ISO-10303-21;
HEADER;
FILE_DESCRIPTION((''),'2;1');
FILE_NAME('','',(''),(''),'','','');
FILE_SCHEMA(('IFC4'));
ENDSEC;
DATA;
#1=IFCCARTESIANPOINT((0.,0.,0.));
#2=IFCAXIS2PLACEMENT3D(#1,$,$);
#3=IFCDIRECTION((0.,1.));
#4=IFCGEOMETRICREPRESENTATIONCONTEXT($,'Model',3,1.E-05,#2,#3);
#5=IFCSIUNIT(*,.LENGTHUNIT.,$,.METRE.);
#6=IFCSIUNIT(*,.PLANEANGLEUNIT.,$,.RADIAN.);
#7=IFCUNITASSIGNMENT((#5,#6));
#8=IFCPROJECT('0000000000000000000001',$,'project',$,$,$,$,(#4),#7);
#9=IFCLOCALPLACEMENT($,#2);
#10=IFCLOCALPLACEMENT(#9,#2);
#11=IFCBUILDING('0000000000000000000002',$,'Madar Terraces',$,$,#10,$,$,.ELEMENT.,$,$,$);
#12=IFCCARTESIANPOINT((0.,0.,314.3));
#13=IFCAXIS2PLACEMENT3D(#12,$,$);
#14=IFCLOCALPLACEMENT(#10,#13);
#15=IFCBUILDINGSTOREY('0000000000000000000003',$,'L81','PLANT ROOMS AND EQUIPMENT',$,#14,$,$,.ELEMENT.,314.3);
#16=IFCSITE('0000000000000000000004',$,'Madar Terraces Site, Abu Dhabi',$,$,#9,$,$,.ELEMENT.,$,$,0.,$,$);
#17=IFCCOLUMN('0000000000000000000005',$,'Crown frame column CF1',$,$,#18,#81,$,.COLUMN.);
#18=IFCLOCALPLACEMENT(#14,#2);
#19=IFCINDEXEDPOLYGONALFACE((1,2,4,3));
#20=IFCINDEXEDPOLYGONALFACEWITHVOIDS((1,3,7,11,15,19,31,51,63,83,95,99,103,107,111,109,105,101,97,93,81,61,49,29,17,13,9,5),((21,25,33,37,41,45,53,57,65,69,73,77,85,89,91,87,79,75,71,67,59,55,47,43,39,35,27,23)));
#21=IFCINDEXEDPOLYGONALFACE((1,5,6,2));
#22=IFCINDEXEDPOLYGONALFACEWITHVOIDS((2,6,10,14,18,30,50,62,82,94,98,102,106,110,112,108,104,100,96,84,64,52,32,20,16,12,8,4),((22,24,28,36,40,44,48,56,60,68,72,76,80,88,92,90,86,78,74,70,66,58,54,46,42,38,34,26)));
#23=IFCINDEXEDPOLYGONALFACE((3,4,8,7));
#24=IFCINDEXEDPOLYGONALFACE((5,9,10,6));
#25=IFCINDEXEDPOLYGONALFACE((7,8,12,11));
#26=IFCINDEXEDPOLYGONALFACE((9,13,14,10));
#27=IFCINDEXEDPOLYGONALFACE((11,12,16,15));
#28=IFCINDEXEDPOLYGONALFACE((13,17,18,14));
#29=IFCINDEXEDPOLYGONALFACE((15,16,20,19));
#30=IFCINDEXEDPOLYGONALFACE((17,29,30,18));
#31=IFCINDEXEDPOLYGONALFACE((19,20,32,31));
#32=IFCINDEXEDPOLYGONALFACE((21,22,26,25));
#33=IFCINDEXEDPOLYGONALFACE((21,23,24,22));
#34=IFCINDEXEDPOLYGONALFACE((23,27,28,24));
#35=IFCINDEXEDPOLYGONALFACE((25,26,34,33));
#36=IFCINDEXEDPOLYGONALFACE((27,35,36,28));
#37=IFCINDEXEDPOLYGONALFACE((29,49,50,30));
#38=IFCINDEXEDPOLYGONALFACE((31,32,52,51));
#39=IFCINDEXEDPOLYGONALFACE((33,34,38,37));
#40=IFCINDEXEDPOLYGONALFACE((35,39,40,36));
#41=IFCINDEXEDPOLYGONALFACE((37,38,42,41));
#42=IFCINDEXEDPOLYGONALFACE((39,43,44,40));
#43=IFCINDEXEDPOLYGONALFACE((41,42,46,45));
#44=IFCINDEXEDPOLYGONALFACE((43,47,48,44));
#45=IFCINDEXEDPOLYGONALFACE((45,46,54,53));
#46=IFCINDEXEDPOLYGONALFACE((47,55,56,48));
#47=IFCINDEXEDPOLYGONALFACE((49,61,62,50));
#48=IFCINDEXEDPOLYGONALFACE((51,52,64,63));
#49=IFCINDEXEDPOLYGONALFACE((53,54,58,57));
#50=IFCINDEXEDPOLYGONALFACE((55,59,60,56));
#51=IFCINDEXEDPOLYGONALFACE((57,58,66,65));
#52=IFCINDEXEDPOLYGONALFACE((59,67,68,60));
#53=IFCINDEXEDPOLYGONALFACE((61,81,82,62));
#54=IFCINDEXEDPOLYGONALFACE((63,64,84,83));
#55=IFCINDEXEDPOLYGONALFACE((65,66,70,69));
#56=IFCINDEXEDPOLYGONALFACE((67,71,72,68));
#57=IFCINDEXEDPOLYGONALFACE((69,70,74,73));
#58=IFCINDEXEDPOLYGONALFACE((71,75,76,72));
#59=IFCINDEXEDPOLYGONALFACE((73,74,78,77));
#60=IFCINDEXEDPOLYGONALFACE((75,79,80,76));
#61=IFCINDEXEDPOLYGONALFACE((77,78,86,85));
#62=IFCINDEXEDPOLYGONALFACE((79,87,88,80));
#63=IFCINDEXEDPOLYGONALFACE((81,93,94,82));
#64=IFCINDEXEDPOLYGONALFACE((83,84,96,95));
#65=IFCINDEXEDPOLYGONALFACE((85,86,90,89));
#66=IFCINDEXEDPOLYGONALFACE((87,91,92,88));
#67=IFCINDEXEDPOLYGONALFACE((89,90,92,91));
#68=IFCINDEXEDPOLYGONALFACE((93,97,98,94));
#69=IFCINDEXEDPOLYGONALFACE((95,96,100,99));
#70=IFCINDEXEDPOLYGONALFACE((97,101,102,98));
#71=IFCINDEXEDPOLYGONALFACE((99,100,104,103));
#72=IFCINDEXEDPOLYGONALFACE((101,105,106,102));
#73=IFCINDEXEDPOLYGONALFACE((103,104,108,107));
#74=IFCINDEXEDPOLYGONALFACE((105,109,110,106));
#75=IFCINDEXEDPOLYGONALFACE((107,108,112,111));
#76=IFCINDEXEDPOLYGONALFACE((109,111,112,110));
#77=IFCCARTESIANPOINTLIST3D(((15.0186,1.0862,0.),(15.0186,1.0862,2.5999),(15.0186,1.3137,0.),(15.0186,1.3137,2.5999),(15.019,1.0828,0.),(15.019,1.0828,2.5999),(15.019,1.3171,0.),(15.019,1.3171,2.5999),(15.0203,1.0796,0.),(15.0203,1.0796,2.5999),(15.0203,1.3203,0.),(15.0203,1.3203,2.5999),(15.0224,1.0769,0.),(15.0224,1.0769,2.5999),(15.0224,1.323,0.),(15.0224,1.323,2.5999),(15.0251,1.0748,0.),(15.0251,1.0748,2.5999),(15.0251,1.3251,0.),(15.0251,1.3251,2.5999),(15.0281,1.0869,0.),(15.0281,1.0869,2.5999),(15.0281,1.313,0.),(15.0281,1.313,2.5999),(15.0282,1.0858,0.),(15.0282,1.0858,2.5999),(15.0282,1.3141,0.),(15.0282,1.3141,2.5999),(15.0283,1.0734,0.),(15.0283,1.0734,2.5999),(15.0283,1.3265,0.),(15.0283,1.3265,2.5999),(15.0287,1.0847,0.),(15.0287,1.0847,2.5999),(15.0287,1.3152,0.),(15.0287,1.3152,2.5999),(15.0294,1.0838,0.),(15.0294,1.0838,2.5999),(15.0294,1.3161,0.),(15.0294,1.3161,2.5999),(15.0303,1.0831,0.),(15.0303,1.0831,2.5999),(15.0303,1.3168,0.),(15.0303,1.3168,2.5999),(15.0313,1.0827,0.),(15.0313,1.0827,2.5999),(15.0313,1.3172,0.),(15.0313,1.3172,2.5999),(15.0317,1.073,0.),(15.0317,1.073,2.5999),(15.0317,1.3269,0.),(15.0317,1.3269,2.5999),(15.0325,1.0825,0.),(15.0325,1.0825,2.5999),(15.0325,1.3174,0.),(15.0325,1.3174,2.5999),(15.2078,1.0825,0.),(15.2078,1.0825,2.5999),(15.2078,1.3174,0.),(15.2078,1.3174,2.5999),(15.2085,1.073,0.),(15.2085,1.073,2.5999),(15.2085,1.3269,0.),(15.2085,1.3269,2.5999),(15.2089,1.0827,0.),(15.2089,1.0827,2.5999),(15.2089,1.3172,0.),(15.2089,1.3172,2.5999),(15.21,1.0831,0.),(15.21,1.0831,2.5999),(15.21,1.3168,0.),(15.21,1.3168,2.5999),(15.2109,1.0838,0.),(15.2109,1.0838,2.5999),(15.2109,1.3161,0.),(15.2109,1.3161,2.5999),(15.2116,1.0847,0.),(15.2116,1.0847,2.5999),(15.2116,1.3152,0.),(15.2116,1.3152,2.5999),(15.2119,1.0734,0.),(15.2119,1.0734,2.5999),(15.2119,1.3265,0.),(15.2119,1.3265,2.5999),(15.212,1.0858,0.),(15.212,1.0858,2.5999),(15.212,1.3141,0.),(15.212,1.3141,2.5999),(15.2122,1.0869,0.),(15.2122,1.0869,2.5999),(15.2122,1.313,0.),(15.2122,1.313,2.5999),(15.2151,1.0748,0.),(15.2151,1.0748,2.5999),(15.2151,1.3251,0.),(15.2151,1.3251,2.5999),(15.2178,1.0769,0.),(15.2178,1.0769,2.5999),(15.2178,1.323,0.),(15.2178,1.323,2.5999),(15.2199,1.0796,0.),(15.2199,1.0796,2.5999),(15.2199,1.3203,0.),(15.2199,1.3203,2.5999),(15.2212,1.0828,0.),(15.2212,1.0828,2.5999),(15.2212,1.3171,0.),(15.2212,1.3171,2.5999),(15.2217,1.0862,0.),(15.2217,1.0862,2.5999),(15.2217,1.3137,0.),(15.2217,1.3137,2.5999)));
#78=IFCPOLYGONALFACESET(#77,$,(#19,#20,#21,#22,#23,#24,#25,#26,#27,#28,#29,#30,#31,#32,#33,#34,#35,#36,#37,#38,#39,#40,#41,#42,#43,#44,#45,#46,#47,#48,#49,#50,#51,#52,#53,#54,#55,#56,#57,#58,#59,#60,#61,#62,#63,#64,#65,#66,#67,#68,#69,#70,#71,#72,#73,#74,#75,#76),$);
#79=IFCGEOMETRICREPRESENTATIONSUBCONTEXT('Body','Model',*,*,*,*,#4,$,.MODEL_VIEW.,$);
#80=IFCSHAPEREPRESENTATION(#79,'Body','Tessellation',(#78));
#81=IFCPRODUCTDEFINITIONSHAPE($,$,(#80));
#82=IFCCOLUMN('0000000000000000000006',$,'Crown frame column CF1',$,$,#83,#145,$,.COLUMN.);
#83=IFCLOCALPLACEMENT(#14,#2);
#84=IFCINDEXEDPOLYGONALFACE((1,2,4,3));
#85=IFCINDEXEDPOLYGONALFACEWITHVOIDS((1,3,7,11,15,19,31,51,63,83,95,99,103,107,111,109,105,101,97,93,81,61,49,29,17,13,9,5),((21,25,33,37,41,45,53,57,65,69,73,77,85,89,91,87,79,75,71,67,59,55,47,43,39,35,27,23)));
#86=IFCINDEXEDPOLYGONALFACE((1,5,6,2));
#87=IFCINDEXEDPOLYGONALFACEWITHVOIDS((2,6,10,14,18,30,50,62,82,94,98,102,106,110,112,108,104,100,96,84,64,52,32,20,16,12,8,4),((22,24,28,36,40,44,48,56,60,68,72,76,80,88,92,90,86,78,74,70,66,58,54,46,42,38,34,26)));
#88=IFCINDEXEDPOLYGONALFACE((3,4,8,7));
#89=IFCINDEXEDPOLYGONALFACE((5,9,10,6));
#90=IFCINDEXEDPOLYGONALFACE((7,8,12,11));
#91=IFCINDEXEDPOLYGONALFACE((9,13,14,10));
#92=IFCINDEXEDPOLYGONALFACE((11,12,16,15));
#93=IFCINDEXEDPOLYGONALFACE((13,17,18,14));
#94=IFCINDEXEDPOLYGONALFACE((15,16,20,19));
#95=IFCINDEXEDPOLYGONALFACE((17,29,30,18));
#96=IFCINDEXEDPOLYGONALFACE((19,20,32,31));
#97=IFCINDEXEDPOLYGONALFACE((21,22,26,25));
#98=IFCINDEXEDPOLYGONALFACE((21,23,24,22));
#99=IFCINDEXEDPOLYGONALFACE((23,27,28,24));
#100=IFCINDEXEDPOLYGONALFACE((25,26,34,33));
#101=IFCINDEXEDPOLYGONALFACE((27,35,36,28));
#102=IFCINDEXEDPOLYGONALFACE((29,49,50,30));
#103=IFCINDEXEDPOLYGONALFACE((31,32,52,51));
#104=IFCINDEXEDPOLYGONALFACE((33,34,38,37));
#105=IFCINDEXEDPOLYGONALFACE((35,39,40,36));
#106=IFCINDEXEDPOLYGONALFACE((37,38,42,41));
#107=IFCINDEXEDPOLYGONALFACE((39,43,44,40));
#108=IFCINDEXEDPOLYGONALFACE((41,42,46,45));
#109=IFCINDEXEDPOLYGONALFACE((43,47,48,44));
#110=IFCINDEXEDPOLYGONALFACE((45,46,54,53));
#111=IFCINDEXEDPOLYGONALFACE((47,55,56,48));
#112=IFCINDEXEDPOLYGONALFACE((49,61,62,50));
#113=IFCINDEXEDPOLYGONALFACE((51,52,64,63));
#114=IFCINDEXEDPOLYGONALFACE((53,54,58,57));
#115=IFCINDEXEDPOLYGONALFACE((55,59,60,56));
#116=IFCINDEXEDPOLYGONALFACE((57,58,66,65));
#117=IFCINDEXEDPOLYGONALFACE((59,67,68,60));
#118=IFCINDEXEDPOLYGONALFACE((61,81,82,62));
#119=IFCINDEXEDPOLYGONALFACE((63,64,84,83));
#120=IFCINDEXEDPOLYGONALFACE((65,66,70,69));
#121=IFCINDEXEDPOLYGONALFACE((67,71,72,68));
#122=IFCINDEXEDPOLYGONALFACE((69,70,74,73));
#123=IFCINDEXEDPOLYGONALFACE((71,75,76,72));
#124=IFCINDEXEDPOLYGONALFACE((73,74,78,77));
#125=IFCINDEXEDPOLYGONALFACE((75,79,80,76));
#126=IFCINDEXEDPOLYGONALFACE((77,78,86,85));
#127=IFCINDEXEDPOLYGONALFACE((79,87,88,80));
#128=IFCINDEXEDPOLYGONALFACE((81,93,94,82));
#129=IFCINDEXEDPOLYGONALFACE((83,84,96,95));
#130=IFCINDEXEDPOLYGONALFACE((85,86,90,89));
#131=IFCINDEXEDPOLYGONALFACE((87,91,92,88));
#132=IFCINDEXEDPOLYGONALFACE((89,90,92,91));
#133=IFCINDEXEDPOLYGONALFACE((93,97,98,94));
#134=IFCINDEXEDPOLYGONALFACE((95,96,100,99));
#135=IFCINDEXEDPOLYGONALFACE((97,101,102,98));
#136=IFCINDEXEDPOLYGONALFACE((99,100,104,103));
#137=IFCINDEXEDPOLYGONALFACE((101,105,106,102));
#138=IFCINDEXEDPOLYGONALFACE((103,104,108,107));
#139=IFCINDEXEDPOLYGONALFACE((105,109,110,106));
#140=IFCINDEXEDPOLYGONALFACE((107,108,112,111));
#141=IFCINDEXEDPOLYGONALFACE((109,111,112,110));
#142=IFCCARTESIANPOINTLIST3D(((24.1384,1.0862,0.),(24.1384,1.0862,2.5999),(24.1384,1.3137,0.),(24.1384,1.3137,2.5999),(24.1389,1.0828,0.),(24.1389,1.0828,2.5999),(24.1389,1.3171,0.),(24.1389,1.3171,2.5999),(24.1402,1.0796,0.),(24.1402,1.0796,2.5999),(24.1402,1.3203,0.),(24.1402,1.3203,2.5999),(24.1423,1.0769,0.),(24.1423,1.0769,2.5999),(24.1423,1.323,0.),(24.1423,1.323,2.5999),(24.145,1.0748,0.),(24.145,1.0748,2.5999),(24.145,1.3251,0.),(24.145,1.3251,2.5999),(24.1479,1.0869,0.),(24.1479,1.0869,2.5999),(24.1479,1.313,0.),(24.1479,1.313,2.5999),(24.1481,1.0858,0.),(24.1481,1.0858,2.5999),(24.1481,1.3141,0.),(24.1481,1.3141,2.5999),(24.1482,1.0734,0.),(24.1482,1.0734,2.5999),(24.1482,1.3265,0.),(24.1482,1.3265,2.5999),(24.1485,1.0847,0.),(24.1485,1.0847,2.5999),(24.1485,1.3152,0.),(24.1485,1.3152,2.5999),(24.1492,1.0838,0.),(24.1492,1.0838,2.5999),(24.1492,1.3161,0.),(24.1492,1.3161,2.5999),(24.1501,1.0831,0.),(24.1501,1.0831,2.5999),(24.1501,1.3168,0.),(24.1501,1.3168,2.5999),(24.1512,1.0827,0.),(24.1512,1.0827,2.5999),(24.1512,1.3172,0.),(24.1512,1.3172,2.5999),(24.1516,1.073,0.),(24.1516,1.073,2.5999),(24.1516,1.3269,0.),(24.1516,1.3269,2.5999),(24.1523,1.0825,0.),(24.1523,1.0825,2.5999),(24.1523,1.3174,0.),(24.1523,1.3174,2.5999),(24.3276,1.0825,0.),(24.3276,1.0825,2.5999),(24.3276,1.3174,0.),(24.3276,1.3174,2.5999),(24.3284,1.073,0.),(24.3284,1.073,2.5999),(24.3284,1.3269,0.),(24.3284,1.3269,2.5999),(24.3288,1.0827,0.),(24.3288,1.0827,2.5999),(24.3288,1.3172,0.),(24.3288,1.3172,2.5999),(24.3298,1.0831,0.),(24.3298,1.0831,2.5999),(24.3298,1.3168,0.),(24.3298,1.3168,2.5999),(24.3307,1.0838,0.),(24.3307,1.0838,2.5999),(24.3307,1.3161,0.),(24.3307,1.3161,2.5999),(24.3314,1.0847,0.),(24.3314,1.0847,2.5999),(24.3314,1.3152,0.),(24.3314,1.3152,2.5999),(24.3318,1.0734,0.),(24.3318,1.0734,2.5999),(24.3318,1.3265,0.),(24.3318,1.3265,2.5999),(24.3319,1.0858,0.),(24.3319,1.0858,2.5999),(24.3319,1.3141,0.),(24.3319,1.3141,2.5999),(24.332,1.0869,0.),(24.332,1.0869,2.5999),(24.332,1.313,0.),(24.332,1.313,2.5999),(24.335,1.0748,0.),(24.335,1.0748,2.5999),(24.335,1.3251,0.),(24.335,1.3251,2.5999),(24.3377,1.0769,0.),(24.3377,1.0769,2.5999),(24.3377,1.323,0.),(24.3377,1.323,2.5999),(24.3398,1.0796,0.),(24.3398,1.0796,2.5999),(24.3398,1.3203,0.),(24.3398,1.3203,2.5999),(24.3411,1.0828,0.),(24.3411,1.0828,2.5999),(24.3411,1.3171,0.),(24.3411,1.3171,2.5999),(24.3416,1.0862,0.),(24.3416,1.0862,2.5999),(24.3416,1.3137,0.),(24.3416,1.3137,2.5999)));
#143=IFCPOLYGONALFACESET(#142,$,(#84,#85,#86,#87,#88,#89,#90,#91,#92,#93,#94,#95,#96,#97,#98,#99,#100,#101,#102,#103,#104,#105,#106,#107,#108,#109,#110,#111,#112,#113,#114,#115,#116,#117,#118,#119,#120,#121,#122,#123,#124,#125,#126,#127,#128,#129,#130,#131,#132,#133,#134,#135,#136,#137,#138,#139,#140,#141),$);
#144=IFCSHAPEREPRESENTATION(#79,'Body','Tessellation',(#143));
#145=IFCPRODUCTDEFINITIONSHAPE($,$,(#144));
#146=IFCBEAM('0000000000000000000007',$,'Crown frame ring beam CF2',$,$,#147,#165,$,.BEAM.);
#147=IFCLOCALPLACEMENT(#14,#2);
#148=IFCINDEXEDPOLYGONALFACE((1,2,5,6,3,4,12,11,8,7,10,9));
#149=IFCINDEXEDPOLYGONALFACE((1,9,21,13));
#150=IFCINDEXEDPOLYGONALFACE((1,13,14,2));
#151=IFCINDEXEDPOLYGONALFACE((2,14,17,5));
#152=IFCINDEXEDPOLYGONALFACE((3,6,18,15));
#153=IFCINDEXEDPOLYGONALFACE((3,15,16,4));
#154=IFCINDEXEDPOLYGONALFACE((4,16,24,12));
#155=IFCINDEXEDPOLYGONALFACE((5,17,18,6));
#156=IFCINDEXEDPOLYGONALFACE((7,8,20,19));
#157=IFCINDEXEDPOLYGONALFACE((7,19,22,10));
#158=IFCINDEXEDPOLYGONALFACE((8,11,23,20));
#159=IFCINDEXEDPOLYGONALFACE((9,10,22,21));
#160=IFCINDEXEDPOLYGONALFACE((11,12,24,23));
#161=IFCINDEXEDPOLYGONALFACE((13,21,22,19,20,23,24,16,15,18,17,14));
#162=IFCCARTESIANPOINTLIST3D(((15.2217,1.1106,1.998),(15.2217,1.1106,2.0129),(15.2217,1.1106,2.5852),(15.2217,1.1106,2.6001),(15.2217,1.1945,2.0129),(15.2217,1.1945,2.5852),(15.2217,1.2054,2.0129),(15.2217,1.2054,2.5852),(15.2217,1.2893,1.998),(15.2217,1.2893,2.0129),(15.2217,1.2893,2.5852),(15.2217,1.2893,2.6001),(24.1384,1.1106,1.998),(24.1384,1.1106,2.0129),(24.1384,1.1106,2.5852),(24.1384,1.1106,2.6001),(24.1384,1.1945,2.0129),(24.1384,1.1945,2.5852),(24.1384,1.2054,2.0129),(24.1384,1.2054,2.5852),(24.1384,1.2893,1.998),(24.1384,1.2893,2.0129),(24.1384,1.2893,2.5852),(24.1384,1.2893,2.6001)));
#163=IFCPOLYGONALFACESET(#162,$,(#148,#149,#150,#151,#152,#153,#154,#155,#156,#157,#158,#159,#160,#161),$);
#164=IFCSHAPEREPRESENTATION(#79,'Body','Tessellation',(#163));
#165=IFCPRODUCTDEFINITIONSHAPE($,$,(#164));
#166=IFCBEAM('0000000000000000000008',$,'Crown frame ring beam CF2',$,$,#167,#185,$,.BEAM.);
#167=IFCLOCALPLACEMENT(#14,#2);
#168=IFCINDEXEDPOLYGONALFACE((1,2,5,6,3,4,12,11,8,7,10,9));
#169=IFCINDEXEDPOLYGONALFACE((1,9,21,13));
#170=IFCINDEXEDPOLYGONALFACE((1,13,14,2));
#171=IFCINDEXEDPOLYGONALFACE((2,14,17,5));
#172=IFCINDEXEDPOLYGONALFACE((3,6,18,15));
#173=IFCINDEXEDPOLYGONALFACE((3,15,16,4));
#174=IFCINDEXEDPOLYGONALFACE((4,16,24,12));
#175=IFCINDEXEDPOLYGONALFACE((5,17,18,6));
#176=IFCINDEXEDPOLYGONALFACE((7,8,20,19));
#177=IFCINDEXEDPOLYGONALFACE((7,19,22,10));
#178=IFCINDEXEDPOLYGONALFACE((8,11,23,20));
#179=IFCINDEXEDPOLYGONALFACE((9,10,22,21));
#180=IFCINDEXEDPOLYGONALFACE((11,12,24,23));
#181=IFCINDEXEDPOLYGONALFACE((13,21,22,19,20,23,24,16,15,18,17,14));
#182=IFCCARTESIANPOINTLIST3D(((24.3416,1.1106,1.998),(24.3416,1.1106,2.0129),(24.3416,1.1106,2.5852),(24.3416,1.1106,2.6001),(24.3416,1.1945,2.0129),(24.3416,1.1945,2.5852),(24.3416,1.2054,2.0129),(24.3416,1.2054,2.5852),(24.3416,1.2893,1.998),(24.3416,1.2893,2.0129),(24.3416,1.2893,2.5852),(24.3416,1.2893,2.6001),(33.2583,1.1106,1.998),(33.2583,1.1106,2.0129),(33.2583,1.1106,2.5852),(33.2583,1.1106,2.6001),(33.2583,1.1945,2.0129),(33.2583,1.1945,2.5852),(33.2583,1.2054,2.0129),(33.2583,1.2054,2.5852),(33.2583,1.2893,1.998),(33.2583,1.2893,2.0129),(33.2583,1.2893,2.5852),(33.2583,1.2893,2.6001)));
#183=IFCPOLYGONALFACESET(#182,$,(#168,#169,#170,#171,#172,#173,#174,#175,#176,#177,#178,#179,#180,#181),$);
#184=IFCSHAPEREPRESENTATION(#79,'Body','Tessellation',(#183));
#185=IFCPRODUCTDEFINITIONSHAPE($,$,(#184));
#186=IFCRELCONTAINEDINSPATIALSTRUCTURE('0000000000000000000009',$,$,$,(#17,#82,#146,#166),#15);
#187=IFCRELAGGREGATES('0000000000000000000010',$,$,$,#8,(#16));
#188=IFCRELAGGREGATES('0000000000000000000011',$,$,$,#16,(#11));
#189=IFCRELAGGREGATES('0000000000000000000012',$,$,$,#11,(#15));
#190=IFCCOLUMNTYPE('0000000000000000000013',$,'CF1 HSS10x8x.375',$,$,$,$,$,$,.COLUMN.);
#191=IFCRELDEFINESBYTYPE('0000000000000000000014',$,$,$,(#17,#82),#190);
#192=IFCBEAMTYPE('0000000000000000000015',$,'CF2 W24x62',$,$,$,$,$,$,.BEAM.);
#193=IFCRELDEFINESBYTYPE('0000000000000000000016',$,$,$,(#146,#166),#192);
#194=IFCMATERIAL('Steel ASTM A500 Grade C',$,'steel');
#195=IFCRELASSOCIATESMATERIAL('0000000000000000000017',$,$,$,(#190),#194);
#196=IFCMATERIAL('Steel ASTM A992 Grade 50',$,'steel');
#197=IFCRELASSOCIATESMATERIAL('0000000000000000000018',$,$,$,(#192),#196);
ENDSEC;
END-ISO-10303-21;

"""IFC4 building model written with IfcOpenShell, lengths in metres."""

from ifc_helpers import new_model, si_unit, direction, frame, origin, origin_2d, place, context, subcontext, project, spatial, hollow_rectangle, i_section, extrude, material, material_profile, profile_set, type_object, element, save


model = new_model("IFC4")

# Units and contexts
model_context = context("Model", 3, precision=1e-05, world=origin(), true_north=direction((0.0, 1.0)))
body_context = subcontext(model_context, "Body", "Model", "MODEL_VIEW")
ifc_project = project(units=[si_unit("LENGTHUNIT", "METRE"), si_unit("PLANEANGLEUNIT", "RADIAN")], contexts=[model_context])

# Site, building, storey
site_placement = place(None, origin())
site = spatial("IfcSite", under=ifc_project, at=site_placement, Name="Madar Terraces Site, Abu Dhabi", CompositionType="ELEMENT", RefElevation=0.0)
building_placement = place(site_placement, origin())
building = spatial("IfcBuilding", under=site, at=building_placement, Name="Madar Terraces", CompositionType="ELEMENT")
storey_placement = place(building_placement, frame((0.0, 0.0, 314.3)))
storey = spatial("IfcBuildingStorey", under=building, at=storey_placement, Name="L81", Description="PLANT ROOMS AND EQUIPMENT", CompositionType="ELEMENT", Elevation=314.3)

# Columns
ifc_material_1 = material(Name="Steel ASTM A500 Grade C", Category="steel")
ifc_material_profile_1 = material_profile(ifc_material_1, hollow_rectangle(XDim=0.2031, YDim=0.2539, WallThickness=0.0095, InnerFilletRadius=0.0044, OuterFilletRadius=0.0132, at=origin_2d()), Name="HSS10x8x.375")
ifc_profile_set_1 = profile_set([ifc_material_profile_1], Name="Steel ASTM A500 Grade C")
column_type = type_object("IfcColumnType", Name="CF1 HSS10x8x.375", PredefinedType="COLUMN", material=ifc_profile_set_1)
for number, where, z_axis, x_axis, name in (
    (1, (15.1201, 1.2, 0.0), (0.0, 0.0, 1.0), (1.0, 0.0, 0.0), "Crown frame column CF1"),
    (2, (24.24, 1.2, 0.0), (0.0, 0.0, 1.0), (1.0, 0.0, 0.0), "Crown frame column CF1"),
):
    element("IfcColumn", number, at=place(storey_placement, frame(where, z_axis=z_axis, x_axis=x_axis)), inside=storey, type_object=column_type, Name=name, PredefinedType="COLUMN", context=body_context, shape_type="SweptSolid", body=[
        extrude(hollow_rectangle(XDim=0.2031, YDim=0.2539, WallThickness=0.0095, InnerFilletRadius=0.0044, OuterFilletRadius=0.0132, at=origin_2d()), origin(), (0.0, 0.0, 1.0), 2.5999),
    ])

# Beams
ifc_material_2 = material(Name="Steel ASTM A992 Grade 50", Category="steel")
ifc_material_profile_2 = material_profile(ifc_material_2, i_section(OverallWidth=0.1787, OverallDepth=0.6021, WebThickness=0.011, FlangeThickness=0.0149, at=origin_2d()), Name="W24x62")
ifc_profile_set_2 = profile_set([ifc_material_profile_2], Name="Steel ASTM A992 Grade 50")
beam_type = type_object("IfcBeamType", Name="CF2 W24x62", PredefinedType="BEAM", material=ifc_profile_set_2)
for number, where, z_axis, x_axis, name in (
    (3, (15.2217, 1.2, 2.2991), (1.0, 0.0, 0.0), (0.0, 1.0, 0.0), "Crown frame ring beam CF2"),
    (4, (24.3416, 1.2, 2.2991), (1.0, 0.0, 0.0), (0.0, 1.0, 0.0), "Crown frame ring beam CF2"),
):
    element("IfcBeam", number, at=place(storey_placement, frame(where, z_axis=z_axis, x_axis=x_axis)), inside=storey, type_object=beam_type, Name=name, PredefinedType="BEAM", context=body_context, shape_type="SweptSolid", body=[
        extrude(i_section(OverallWidth=0.1787, OverallDepth=0.6021, WebThickness=0.011, FlangeThickness=0.0149, at=origin_2d()), origin(), (0.0, 0.0, 1.0), 8.9167),
    ])

save(model, "model.ifc")
